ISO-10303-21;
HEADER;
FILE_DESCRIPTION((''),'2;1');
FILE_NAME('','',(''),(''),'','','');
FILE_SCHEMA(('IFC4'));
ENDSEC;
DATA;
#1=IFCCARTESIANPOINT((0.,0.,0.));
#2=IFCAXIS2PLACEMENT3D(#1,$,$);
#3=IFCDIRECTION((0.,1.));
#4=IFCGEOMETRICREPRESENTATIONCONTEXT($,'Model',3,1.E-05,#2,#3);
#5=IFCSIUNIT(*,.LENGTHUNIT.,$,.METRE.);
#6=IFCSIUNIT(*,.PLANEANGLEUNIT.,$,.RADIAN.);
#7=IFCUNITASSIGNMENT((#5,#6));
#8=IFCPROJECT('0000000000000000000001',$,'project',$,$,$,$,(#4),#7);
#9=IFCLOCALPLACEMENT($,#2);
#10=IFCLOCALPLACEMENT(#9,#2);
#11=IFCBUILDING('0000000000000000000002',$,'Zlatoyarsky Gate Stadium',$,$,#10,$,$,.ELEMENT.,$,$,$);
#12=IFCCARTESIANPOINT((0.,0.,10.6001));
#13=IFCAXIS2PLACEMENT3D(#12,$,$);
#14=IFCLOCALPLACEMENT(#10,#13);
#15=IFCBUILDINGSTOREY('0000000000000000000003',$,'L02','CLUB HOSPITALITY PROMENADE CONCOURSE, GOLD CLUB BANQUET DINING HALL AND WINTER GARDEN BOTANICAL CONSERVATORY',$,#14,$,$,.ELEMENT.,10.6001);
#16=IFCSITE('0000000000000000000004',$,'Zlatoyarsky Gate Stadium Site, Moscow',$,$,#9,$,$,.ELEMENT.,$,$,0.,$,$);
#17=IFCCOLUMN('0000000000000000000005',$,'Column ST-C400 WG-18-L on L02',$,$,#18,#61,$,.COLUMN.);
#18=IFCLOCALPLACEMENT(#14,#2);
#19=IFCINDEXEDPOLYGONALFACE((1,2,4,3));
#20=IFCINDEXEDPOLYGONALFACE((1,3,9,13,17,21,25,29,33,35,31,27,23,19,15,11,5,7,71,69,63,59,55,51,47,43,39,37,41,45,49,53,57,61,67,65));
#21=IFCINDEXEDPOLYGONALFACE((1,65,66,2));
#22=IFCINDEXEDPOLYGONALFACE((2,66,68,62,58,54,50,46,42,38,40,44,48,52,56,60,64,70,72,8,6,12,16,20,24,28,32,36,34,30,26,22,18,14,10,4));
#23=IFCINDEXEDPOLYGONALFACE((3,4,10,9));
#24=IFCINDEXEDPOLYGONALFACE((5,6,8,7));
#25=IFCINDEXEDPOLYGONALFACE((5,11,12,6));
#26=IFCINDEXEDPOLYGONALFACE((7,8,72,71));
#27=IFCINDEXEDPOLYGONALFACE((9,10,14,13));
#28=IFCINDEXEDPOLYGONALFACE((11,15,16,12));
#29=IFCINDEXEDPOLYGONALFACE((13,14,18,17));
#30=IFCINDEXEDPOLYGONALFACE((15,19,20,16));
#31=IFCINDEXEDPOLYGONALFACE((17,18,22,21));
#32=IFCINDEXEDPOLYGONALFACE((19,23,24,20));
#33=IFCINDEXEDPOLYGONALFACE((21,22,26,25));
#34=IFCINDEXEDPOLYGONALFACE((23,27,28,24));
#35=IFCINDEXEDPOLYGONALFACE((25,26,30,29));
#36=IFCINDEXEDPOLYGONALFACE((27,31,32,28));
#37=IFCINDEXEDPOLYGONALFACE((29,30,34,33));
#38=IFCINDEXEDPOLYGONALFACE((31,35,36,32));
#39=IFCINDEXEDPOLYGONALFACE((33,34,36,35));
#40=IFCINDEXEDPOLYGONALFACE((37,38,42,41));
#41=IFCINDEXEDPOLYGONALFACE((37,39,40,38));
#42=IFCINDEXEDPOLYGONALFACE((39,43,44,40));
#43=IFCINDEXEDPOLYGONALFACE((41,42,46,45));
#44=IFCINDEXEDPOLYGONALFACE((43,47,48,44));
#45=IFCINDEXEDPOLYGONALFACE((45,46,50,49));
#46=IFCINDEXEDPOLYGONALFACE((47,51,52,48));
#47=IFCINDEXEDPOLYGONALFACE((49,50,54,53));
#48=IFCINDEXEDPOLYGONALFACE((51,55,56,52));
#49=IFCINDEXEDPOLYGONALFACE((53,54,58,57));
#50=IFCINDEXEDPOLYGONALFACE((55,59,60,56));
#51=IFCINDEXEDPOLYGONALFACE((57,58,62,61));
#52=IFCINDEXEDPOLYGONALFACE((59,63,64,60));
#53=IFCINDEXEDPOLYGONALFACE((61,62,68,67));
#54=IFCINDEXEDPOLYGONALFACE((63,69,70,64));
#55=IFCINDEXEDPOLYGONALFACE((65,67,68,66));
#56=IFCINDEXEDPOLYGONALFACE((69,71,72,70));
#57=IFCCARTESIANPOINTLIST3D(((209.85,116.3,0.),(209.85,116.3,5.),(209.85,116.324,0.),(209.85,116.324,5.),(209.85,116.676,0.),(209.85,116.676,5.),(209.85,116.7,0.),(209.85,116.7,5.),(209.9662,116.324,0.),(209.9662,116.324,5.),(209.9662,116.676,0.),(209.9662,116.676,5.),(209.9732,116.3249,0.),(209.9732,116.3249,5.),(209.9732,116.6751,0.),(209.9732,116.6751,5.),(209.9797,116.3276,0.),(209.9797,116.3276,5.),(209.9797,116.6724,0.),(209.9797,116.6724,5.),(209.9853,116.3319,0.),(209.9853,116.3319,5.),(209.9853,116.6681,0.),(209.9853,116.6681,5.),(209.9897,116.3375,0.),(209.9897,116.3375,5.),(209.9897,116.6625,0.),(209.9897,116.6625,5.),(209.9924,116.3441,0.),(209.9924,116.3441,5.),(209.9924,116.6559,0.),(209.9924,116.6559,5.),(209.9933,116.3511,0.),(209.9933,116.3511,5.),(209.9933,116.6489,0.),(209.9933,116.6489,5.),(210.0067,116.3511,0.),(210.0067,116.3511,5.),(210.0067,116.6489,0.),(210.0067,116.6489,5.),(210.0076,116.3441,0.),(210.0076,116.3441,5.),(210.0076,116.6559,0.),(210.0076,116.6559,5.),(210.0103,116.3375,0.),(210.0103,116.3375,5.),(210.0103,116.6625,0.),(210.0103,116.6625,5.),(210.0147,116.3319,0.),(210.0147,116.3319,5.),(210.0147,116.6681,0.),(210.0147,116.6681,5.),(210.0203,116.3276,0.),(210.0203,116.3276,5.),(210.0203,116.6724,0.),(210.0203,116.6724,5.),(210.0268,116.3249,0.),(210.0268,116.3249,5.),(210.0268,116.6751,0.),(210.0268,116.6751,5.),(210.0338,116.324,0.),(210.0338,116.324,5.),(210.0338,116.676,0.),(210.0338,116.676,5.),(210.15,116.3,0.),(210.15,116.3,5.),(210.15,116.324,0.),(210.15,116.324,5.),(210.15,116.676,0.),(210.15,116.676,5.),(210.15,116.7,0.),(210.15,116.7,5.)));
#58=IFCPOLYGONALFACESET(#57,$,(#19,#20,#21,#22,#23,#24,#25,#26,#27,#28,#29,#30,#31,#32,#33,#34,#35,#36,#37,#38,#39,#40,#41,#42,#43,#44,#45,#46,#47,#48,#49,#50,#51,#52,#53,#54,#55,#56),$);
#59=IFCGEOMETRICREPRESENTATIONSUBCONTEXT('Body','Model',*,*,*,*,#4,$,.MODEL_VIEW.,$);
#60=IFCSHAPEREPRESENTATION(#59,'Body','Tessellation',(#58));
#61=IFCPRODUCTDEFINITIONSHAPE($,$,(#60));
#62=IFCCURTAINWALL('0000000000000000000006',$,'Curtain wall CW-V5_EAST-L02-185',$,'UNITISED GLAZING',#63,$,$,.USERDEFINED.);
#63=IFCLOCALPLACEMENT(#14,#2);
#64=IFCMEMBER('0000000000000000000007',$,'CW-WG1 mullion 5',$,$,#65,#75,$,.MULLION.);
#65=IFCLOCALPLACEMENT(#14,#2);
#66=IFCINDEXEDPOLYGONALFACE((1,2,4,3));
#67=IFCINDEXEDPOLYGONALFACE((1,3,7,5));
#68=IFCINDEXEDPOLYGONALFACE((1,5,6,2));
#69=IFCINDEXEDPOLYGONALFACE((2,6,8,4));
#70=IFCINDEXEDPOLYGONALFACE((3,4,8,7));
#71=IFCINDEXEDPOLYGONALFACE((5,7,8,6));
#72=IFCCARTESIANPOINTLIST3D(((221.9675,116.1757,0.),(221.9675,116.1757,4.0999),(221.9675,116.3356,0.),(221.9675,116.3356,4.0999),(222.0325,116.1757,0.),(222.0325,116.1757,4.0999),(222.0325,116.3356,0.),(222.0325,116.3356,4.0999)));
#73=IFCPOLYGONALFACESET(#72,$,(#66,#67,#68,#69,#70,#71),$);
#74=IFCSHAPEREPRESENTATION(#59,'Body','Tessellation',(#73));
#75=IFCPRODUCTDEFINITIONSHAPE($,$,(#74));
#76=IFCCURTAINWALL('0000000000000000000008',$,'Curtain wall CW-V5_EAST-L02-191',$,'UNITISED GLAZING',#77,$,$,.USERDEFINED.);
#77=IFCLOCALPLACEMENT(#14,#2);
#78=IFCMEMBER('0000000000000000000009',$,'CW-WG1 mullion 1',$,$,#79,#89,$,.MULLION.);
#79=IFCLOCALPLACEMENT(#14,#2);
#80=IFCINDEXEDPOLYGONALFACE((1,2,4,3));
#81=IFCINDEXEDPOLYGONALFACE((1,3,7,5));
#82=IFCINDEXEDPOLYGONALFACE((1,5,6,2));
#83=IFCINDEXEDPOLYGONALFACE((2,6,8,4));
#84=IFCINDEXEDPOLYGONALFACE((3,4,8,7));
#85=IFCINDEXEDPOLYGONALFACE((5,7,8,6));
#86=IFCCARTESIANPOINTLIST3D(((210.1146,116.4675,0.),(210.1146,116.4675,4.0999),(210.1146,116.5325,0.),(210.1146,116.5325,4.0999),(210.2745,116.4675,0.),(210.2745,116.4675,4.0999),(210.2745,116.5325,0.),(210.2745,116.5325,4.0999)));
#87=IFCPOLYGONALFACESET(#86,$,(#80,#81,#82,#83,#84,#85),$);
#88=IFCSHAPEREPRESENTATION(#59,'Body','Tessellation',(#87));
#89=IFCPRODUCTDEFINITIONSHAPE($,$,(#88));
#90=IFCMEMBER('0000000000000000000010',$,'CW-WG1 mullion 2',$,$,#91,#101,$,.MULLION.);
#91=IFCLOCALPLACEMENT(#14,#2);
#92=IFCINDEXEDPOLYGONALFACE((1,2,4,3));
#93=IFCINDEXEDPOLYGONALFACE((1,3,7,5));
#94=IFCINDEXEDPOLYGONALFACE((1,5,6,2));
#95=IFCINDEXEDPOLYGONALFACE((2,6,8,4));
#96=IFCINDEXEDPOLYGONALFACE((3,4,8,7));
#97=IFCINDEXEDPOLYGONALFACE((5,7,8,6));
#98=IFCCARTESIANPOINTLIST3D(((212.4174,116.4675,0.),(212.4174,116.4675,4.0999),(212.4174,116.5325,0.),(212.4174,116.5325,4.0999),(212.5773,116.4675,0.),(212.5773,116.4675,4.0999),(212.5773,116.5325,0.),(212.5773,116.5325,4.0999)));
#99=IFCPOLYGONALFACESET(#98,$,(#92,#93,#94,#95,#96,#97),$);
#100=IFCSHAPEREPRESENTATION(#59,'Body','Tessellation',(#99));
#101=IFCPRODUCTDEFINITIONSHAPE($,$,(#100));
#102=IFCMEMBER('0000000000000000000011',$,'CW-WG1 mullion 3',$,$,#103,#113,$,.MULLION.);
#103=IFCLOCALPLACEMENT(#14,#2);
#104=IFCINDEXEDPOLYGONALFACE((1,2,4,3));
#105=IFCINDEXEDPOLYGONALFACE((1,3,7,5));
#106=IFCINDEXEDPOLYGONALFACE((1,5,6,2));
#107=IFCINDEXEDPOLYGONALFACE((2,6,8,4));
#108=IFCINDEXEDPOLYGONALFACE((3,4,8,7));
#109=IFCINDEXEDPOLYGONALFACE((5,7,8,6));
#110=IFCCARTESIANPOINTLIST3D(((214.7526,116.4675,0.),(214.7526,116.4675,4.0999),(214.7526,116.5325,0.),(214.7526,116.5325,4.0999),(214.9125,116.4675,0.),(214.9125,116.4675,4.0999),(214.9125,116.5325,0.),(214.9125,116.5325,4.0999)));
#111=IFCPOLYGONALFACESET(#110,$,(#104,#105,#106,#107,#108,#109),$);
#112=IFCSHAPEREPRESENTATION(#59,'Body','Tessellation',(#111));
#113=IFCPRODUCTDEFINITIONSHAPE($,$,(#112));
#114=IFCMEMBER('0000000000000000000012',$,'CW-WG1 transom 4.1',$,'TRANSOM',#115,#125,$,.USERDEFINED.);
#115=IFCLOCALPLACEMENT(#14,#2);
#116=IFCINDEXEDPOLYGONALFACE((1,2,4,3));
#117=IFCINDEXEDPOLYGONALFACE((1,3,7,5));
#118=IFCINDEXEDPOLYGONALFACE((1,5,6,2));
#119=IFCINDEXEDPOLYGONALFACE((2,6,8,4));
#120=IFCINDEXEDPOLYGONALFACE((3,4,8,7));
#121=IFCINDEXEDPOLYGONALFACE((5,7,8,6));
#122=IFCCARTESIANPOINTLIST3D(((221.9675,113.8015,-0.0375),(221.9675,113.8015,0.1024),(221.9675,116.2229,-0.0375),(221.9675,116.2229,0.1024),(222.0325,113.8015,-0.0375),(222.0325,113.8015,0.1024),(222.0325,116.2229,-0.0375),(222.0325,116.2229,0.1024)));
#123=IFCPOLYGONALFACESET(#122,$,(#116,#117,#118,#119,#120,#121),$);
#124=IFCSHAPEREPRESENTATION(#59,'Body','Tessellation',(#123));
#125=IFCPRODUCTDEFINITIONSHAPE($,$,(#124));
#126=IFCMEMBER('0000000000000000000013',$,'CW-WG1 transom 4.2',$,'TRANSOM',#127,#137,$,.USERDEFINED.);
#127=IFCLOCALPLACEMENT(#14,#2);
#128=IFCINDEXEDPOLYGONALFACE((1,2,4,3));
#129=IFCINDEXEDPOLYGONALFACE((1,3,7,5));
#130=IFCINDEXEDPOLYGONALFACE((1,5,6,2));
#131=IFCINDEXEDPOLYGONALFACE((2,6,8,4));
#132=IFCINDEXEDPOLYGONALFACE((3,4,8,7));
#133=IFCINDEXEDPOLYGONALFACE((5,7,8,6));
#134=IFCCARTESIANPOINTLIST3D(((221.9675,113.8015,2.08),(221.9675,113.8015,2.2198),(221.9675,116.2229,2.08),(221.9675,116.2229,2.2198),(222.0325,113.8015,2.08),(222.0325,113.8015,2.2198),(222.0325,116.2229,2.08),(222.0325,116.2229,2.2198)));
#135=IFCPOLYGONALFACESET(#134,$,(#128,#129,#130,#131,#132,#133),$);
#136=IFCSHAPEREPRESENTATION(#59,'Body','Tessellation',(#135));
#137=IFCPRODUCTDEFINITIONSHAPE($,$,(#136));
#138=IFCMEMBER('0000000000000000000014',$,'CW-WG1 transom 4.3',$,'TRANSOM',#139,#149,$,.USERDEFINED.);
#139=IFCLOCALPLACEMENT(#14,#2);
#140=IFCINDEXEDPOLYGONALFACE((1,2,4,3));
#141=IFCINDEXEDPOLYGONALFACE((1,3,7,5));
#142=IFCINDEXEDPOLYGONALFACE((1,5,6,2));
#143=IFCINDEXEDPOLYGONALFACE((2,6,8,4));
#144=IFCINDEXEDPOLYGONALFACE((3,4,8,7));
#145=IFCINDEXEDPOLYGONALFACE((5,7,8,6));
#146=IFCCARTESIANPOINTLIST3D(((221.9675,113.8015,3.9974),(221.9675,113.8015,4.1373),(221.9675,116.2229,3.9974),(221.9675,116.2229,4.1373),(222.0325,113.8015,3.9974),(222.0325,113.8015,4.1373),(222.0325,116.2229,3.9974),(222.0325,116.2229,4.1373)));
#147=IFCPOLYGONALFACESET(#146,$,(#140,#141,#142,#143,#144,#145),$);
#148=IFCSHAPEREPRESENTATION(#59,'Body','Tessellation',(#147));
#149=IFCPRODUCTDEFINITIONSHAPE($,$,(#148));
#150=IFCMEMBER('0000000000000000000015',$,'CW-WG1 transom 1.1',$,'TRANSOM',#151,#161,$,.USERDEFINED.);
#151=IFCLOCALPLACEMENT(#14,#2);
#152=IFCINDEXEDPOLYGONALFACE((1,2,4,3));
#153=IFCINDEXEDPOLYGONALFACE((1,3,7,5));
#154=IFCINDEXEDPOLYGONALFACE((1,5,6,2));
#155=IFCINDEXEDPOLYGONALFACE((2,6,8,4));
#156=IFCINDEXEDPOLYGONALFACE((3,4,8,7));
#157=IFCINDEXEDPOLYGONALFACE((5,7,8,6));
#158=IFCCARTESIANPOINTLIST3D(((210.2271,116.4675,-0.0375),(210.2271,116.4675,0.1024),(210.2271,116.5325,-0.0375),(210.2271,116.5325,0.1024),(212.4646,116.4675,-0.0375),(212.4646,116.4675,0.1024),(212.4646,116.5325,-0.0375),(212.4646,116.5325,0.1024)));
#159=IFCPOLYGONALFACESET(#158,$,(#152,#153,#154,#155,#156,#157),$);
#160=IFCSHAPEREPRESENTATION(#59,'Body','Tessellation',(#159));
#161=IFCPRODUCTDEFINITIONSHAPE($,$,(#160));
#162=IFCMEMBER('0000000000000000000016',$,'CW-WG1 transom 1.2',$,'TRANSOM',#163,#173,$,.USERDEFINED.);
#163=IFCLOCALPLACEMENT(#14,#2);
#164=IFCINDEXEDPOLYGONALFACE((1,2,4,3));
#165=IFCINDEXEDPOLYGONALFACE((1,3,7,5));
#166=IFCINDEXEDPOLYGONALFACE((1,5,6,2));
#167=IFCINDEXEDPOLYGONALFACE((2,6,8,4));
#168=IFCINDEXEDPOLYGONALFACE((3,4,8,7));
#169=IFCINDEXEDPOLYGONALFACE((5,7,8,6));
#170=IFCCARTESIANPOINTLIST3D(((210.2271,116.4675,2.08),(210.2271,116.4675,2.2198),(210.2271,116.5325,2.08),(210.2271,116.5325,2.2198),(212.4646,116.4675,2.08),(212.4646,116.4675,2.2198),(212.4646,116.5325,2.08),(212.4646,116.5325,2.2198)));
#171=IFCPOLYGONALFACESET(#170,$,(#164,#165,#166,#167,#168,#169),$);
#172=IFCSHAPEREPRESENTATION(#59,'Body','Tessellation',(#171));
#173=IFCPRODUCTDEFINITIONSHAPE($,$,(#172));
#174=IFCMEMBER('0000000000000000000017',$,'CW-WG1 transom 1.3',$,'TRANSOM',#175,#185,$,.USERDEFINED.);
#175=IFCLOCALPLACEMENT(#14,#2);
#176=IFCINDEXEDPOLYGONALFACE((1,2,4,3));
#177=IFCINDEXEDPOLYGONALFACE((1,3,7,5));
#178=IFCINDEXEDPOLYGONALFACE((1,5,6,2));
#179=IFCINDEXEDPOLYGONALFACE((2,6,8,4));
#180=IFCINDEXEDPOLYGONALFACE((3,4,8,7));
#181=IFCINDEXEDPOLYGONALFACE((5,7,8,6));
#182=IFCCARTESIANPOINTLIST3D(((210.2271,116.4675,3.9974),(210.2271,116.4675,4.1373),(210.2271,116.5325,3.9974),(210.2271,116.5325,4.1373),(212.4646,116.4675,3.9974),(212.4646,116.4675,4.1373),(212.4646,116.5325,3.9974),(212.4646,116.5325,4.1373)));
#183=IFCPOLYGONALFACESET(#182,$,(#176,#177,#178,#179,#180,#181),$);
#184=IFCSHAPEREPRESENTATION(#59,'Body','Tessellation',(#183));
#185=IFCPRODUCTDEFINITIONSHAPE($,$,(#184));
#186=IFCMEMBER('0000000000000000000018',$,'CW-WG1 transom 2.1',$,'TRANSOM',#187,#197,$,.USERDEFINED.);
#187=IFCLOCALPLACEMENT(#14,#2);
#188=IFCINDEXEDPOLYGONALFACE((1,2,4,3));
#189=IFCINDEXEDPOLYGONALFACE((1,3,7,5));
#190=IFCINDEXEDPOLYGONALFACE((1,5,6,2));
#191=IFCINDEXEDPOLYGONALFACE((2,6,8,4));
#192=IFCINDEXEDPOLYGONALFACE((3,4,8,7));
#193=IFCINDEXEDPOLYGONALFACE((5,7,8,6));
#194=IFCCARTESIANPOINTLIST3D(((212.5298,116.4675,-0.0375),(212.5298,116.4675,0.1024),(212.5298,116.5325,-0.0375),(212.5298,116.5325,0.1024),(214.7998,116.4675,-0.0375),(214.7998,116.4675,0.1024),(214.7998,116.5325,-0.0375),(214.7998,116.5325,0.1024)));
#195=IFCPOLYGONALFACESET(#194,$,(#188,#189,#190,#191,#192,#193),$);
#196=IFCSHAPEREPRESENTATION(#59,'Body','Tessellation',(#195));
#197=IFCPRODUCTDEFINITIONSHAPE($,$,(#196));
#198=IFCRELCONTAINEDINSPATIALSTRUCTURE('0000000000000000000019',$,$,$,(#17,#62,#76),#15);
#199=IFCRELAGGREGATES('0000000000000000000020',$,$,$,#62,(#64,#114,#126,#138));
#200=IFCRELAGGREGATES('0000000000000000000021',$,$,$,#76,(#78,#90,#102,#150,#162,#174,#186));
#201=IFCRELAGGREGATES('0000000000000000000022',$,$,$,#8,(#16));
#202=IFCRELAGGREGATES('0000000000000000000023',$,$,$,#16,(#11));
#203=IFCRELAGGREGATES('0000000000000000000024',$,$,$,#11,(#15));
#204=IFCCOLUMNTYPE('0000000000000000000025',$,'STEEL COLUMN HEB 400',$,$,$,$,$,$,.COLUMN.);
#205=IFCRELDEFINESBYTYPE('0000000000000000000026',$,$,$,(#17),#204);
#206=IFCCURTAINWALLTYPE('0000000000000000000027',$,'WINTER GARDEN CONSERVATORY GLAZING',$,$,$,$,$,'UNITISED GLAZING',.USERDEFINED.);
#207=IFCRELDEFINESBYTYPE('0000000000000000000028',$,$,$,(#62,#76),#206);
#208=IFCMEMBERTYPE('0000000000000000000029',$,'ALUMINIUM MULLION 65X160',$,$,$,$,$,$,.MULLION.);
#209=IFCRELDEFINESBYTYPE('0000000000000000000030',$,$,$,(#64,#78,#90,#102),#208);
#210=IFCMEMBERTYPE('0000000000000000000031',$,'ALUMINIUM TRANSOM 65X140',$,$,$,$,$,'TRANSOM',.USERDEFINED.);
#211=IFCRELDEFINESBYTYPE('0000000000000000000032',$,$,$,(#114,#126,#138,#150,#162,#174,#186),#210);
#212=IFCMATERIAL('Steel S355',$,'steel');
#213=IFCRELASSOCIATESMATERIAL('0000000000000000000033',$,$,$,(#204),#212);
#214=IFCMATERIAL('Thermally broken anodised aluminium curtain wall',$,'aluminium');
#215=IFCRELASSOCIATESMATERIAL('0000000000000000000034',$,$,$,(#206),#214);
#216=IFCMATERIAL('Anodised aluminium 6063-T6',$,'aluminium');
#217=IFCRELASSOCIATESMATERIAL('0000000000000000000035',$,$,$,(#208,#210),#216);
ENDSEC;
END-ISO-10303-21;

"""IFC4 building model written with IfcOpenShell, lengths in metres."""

from ifc_helpers import new_model, si_unit, direction, frame, origin, origin_2d, place, context, subcontext, project, spatial, rectangle, i_section, extrude, material, material_profile, profile_set, type_object, element, aggregate, save


model = new_model("IFC4")

# Units and contexts
model_context = context("Model", 3, precision=1e-05, world=origin(), true_north=direction((0.0, 1.0)))
body_context = subcontext(model_context, "Body", "Model", "MODEL_VIEW")
ifc_project = project(units=[si_unit("LENGTHUNIT", "METRE"), si_unit("PLANEANGLEUNIT", "RADIAN")], contexts=[model_context])

# Site, building, storey
site_placement = place(None, origin())
site = spatial("IfcSite", under=ifc_project, at=site_placement, Name="Zlatoyarsky Gate Stadium Site, Moscow", CompositionType="ELEMENT", RefElevation=0.0)
building_placement = place(site_placement, origin())
building = spatial("IfcBuilding", under=site, at=building_placement, Name="Zlatoyarsky Gate Stadium", CompositionType="ELEMENT")
storey_placement = place(building_placement, frame((0.0, 0.0, 10.6001)))
storey = spatial("IfcBuildingStorey", under=building, at=storey_placement, Name="L02", Description="CLUB HOSPITALITY PROMENADE CONCOURSE, GOLD CLUB BANQUET DINING HALL AND WINTER GARDEN BOTANICAL CONSERVATORY", CompositionType="ELEMENT", Elevation=10.6001)

# Column
ifc_material_1 = material(Name="Steel S355", Category="steel")
ifc_material_profile_1 = material_profile(ifc_material_1, i_section(OverallWidth=0.3, OverallDepth=0.3999, WebThickness=0.0134, FlangeThickness=0.0239, FilletRadius=0.0271, at=origin_2d()), Name="HEB 400")
ifc_profile_set_1 = profile_set([ifc_material_profile_1], Name="Steel S355")
column_type = type_object("IfcColumnType", Name="STEEL COLUMN HEB 400", PredefinedType="COLUMN", material=ifc_profile_set_1)
column_placement = place(storey_placement, frame((210.0, 116.5, 0.0), z_axis=(0.0, 0.0, 1.0), x_axis=(1.0, 0.0, 0.0)))
element("IfcColumn", 1, at=column_placement, inside=storey, type_object=column_type, Name="Column ST-C400 WG-18-L on L02", PredefinedType="COLUMN", context=body_context, shape_type="SweptSolid", body=[
    extrude(i_section(OverallWidth=0.3, OverallDepth=0.3999, WebThickness=0.0134, FlangeThickness=0.0239, FilletRadius=0.0271, at=origin_2d()), origin(), (0.0, 0.0, 1.0), 5.0),
])

# Curtain wall, member
ifc_material_2 = material(Name="Thermally broken anodised aluminium curtain wall", Category="aluminium")
curtain_wall_type = type_object("IfcCurtainWallType", Name="WINTER GARDEN CONSERVATORY GLAZING", ElementType="UNITISED GLAZING", PredefinedType="USERDEFINED", material=ifc_material_2)
curtain_wall_1_placement = place(storey_placement, origin())
curtain_wall_1 = element("IfcCurtainWall", 2, at=curtain_wall_1_placement, inside=storey, type_object=curtain_wall_type, Name="Curtain wall CW-V5_EAST-L02-185", ObjectType="UNITISED GLAZING", PredefinedType="USERDEFINED")
ifc_material_3 = material(Name="Anodised aluminium 6063-T6", Category="aluminium")
ifc_material_profile_2 = material_profile(ifc_material_3, rectangle(XDim=0.0649, YDim=0.1599, at=origin_2d()), Name="ALU 65X160")
ifc_profile_set_2 = profile_set([ifc_material_profile_2], Name="Anodised aluminium 6063-T6")
member_type_1 = type_object("IfcMemberType", Name="ALUMINIUM MULLION 65X160", PredefinedType="MULLION", material=ifc_profile_set_2)
member_1_placement = place(storey_placement, frame((222.0, 116.2556, 0.0), z_axis=(0.0, 0.0, 1.0), x_axis=(-1.0, 0.0, 0.0)))
member_1 = element("IfcMember", 3, at=member_1_placement, type_object=member_type_1, Name="CW-WG1 mullion 5", PredefinedType="MULLION", context=body_context, shape_type="SweptSolid", body=[
    extrude(rectangle(XDim=0.0649, YDim=0.1599, at=origin_2d()), origin(), (0.0, 0.0, 1.0), 4.0999),
])

# Curtain wall, members
curtain_wall_2_placement = place(storey_placement, origin())
curtain_wall_2 = element("IfcCurtainWall", 4, at=curtain_wall_2_placement, inside=storey, type_object=curtain_wall_type, Name="Curtain wall CW-V5_EAST-L02-191", ObjectType="UNITISED GLAZING", PredefinedType="USERDEFINED")
member_2_placement = place(storey_placement, frame((210.1946, 116.5, 0.0), z_axis=(0.0, 0.0, 1.0), x_axis=(0.0, 1.0, 0.0)))
member_2 = element("IfcMember", 5, at=member_2_placement, type_object=member_type_1, Name="CW-WG1 mullion 1", PredefinedType="MULLION", context=body_context, shape_type="SweptSolid", body=[
    extrude(rectangle(XDim=0.0649, YDim=0.1599, at=origin_2d()), origin(), (0.0, 0.0, 1.0), 4.0999),
])
member_3_placement = place(storey_placement, frame((212.4973, 116.5, 0.0), z_axis=(0.0, 0.0, 1.0), x_axis=(0.0, 1.0, 0.0)))
member_3 = element("IfcMember", 6, at=member_3_placement, type_object=member_type_1, Name="CW-WG1 mullion 2", PredefinedType="MULLION", context=body_context, shape_type="SweptSolid", body=[
    extrude(rectangle(XDim=0.0649, YDim=0.1599, at=origin_2d()), origin(), (0.0, 0.0, 1.0), 4.0999),
])
member_4_placement = place(storey_placement, frame((214.8325, 116.5, 0.0), z_axis=(0.0, 0.0, 1.0), x_axis=(0.0, 1.0, 0.0)))
member_4 = element("IfcMember", 7, at=member_4_placement, type_object=member_type_1, Name="CW-WG1 mullion 3", PredefinedType="MULLION", context=body_context, shape_type="SweptSolid", body=[
    extrude(rectangle(XDim=0.0649, YDim=0.1599, at=origin_2d()), origin(), (0.0, 0.0, 1.0), 4.0999),
])

# Members
ifc_material_profile_3 = material_profile(ifc_material_3, rectangle(XDim=0.0649, YDim=0.1399, at=origin_2d()), Name="ALU 65X140")
ifc_profile_set_3 = profile_set([ifc_material_profile_3], Name="Anodised aluminium 6063-T6")
member_type_2 = type_object("IfcMemberType", Name="ALUMINIUM TRANSOM 65X140", ElementType="TRANSOM", PredefinedType="USERDEFINED", material=ifc_profile_set_3)
member_5_placement = place(storey_placement, frame((222.0, 113.8015, 0.0325), z_axis=(0.0, 1.0, 0.0), x_axis=(-1.0, 0.0, 0.0)))
member_5 = element("IfcMember", 8, at=member_5_placement, type_object=member_type_2, Name="CW-WG1 transom 4.1", ObjectType="TRANSOM", PredefinedType="USERDEFINED", context=body_context, shape_type="SweptSolid", body=[
    extrude(rectangle(XDim=0.0649, YDim=0.1399, at=origin_2d()), origin(), (0.0, 0.0, 1.0), 2.4214),
])
member_6_placement = place(storey_placement, frame((222.0, 113.8015, 2.1499), z_axis=(0.0, 1.0, 0.0), x_axis=(-1.0, 0.0, 0.0)))
member_6 = element("IfcMember", 9, at=member_6_placement, type_object=member_type_2, Name="CW-WG1 transom 4.2", ObjectType="TRANSOM", PredefinedType="USERDEFINED", context=body_context, shape_type="SweptSolid", body=[
    extrude(rectangle(XDim=0.0649, YDim=0.1399, at=origin_2d()), origin(), (0.0, 0.0, 1.0), 2.4214),
])
member_7_placement = place(storey_placement, frame((222.0, 113.8015, 4.0674), z_axis=(0.0, 1.0, 0.0), x_axis=(-1.0, 0.0, 0.0)))
member_7 = element("IfcMember", 10, at=member_7_placement, type_object=member_type_2, Name="CW-WG1 transom 4.3", ObjectType="TRANSOM", PredefinedType="USERDEFINED", context=body_context, shape_type="SweptSolid", body=[
    extrude(rectangle(XDim=0.0649, YDim=0.1399, at=origin_2d()), origin(), (0.0, 0.0, 1.0), 2.4214),
])
member_8_placement = place(storey_placement, frame((210.2271, 116.5, 0.0325), z_axis=(1.0, 0.0, 0.0), x_axis=(0.0, 1.0, 0.0)))
member_8 = element("IfcMember", 11, at=member_8_placement, type_object=member_type_2, Name="CW-WG1 transom 1.1", ObjectType="TRANSOM", PredefinedType="USERDEFINED", context=body_context, shape_type="SweptSolid", body=[
    extrude(rectangle(XDim=0.0649, YDim=0.1399, at=origin_2d()), origin(), (0.0, 0.0, 1.0), 2.2375),
])
member_9_placement = place(storey_placement, frame((210.2271, 116.5, 2.1499), z_axis=(1.0, 0.0, 0.0), x_axis=(0.0, 1.0, 0.0)))
member_9 = element("IfcMember", 12, at=member_9_placement, type_object=member_type_2, Name="CW-WG1 transom 1.2", ObjectType="TRANSOM", PredefinedType="USERDEFINED", context=body_context, shape_type="SweptSolid", body=[
    extrude(rectangle(XDim=0.0649, YDim=0.1399, at=origin_2d()), origin(), (0.0, 0.0, 1.0), 2.2375),
])
member_10_placement = place(storey_placement, frame((210.2271, 116.5, 4.0674), z_axis=(1.0, 0.0, 0.0), x_axis=(0.0, 1.0, 0.0)))
member_10 = element("IfcMember", 13, at=member_10_placement, type_object=member_type_2, Name="CW-WG1 transom 1.3", ObjectType="TRANSOM", PredefinedType="USERDEFINED", context=body_context, shape_type="SweptSolid", body=[
    extrude(rectangle(XDim=0.0649, YDim=0.1399, at=origin_2d()), origin(), (0.0, 0.0, 1.0), 2.2375),
])
member_11_placement = place(storey_placement, frame((212.5298, 116.5, 0.0325), z_axis=(1.0, 0.0, 0.0), x_axis=(0.0, 1.0, 0.0)))
member_11 = element("IfcMember", 14, at=member_11_placement, type_object=member_type_2, Name="CW-WG1 transom 2.1", ObjectType="TRANSOM", PredefinedType="USERDEFINED", context=body_context, shape_type="SweptSolid", body=[
    extrude(rectangle(XDim=0.0649, YDim=0.1399, at=origin_2d()), origin(), (0.0, 0.0, 1.0), 2.27),
])

aggregate(curtain_wall_1, [member_1, member_5, member_6, member_7])
aggregate(curtain_wall_2, [member_2, member_3, member_4, member_8, member_9, member_10, member_11])

save(model, "model.ifc")
